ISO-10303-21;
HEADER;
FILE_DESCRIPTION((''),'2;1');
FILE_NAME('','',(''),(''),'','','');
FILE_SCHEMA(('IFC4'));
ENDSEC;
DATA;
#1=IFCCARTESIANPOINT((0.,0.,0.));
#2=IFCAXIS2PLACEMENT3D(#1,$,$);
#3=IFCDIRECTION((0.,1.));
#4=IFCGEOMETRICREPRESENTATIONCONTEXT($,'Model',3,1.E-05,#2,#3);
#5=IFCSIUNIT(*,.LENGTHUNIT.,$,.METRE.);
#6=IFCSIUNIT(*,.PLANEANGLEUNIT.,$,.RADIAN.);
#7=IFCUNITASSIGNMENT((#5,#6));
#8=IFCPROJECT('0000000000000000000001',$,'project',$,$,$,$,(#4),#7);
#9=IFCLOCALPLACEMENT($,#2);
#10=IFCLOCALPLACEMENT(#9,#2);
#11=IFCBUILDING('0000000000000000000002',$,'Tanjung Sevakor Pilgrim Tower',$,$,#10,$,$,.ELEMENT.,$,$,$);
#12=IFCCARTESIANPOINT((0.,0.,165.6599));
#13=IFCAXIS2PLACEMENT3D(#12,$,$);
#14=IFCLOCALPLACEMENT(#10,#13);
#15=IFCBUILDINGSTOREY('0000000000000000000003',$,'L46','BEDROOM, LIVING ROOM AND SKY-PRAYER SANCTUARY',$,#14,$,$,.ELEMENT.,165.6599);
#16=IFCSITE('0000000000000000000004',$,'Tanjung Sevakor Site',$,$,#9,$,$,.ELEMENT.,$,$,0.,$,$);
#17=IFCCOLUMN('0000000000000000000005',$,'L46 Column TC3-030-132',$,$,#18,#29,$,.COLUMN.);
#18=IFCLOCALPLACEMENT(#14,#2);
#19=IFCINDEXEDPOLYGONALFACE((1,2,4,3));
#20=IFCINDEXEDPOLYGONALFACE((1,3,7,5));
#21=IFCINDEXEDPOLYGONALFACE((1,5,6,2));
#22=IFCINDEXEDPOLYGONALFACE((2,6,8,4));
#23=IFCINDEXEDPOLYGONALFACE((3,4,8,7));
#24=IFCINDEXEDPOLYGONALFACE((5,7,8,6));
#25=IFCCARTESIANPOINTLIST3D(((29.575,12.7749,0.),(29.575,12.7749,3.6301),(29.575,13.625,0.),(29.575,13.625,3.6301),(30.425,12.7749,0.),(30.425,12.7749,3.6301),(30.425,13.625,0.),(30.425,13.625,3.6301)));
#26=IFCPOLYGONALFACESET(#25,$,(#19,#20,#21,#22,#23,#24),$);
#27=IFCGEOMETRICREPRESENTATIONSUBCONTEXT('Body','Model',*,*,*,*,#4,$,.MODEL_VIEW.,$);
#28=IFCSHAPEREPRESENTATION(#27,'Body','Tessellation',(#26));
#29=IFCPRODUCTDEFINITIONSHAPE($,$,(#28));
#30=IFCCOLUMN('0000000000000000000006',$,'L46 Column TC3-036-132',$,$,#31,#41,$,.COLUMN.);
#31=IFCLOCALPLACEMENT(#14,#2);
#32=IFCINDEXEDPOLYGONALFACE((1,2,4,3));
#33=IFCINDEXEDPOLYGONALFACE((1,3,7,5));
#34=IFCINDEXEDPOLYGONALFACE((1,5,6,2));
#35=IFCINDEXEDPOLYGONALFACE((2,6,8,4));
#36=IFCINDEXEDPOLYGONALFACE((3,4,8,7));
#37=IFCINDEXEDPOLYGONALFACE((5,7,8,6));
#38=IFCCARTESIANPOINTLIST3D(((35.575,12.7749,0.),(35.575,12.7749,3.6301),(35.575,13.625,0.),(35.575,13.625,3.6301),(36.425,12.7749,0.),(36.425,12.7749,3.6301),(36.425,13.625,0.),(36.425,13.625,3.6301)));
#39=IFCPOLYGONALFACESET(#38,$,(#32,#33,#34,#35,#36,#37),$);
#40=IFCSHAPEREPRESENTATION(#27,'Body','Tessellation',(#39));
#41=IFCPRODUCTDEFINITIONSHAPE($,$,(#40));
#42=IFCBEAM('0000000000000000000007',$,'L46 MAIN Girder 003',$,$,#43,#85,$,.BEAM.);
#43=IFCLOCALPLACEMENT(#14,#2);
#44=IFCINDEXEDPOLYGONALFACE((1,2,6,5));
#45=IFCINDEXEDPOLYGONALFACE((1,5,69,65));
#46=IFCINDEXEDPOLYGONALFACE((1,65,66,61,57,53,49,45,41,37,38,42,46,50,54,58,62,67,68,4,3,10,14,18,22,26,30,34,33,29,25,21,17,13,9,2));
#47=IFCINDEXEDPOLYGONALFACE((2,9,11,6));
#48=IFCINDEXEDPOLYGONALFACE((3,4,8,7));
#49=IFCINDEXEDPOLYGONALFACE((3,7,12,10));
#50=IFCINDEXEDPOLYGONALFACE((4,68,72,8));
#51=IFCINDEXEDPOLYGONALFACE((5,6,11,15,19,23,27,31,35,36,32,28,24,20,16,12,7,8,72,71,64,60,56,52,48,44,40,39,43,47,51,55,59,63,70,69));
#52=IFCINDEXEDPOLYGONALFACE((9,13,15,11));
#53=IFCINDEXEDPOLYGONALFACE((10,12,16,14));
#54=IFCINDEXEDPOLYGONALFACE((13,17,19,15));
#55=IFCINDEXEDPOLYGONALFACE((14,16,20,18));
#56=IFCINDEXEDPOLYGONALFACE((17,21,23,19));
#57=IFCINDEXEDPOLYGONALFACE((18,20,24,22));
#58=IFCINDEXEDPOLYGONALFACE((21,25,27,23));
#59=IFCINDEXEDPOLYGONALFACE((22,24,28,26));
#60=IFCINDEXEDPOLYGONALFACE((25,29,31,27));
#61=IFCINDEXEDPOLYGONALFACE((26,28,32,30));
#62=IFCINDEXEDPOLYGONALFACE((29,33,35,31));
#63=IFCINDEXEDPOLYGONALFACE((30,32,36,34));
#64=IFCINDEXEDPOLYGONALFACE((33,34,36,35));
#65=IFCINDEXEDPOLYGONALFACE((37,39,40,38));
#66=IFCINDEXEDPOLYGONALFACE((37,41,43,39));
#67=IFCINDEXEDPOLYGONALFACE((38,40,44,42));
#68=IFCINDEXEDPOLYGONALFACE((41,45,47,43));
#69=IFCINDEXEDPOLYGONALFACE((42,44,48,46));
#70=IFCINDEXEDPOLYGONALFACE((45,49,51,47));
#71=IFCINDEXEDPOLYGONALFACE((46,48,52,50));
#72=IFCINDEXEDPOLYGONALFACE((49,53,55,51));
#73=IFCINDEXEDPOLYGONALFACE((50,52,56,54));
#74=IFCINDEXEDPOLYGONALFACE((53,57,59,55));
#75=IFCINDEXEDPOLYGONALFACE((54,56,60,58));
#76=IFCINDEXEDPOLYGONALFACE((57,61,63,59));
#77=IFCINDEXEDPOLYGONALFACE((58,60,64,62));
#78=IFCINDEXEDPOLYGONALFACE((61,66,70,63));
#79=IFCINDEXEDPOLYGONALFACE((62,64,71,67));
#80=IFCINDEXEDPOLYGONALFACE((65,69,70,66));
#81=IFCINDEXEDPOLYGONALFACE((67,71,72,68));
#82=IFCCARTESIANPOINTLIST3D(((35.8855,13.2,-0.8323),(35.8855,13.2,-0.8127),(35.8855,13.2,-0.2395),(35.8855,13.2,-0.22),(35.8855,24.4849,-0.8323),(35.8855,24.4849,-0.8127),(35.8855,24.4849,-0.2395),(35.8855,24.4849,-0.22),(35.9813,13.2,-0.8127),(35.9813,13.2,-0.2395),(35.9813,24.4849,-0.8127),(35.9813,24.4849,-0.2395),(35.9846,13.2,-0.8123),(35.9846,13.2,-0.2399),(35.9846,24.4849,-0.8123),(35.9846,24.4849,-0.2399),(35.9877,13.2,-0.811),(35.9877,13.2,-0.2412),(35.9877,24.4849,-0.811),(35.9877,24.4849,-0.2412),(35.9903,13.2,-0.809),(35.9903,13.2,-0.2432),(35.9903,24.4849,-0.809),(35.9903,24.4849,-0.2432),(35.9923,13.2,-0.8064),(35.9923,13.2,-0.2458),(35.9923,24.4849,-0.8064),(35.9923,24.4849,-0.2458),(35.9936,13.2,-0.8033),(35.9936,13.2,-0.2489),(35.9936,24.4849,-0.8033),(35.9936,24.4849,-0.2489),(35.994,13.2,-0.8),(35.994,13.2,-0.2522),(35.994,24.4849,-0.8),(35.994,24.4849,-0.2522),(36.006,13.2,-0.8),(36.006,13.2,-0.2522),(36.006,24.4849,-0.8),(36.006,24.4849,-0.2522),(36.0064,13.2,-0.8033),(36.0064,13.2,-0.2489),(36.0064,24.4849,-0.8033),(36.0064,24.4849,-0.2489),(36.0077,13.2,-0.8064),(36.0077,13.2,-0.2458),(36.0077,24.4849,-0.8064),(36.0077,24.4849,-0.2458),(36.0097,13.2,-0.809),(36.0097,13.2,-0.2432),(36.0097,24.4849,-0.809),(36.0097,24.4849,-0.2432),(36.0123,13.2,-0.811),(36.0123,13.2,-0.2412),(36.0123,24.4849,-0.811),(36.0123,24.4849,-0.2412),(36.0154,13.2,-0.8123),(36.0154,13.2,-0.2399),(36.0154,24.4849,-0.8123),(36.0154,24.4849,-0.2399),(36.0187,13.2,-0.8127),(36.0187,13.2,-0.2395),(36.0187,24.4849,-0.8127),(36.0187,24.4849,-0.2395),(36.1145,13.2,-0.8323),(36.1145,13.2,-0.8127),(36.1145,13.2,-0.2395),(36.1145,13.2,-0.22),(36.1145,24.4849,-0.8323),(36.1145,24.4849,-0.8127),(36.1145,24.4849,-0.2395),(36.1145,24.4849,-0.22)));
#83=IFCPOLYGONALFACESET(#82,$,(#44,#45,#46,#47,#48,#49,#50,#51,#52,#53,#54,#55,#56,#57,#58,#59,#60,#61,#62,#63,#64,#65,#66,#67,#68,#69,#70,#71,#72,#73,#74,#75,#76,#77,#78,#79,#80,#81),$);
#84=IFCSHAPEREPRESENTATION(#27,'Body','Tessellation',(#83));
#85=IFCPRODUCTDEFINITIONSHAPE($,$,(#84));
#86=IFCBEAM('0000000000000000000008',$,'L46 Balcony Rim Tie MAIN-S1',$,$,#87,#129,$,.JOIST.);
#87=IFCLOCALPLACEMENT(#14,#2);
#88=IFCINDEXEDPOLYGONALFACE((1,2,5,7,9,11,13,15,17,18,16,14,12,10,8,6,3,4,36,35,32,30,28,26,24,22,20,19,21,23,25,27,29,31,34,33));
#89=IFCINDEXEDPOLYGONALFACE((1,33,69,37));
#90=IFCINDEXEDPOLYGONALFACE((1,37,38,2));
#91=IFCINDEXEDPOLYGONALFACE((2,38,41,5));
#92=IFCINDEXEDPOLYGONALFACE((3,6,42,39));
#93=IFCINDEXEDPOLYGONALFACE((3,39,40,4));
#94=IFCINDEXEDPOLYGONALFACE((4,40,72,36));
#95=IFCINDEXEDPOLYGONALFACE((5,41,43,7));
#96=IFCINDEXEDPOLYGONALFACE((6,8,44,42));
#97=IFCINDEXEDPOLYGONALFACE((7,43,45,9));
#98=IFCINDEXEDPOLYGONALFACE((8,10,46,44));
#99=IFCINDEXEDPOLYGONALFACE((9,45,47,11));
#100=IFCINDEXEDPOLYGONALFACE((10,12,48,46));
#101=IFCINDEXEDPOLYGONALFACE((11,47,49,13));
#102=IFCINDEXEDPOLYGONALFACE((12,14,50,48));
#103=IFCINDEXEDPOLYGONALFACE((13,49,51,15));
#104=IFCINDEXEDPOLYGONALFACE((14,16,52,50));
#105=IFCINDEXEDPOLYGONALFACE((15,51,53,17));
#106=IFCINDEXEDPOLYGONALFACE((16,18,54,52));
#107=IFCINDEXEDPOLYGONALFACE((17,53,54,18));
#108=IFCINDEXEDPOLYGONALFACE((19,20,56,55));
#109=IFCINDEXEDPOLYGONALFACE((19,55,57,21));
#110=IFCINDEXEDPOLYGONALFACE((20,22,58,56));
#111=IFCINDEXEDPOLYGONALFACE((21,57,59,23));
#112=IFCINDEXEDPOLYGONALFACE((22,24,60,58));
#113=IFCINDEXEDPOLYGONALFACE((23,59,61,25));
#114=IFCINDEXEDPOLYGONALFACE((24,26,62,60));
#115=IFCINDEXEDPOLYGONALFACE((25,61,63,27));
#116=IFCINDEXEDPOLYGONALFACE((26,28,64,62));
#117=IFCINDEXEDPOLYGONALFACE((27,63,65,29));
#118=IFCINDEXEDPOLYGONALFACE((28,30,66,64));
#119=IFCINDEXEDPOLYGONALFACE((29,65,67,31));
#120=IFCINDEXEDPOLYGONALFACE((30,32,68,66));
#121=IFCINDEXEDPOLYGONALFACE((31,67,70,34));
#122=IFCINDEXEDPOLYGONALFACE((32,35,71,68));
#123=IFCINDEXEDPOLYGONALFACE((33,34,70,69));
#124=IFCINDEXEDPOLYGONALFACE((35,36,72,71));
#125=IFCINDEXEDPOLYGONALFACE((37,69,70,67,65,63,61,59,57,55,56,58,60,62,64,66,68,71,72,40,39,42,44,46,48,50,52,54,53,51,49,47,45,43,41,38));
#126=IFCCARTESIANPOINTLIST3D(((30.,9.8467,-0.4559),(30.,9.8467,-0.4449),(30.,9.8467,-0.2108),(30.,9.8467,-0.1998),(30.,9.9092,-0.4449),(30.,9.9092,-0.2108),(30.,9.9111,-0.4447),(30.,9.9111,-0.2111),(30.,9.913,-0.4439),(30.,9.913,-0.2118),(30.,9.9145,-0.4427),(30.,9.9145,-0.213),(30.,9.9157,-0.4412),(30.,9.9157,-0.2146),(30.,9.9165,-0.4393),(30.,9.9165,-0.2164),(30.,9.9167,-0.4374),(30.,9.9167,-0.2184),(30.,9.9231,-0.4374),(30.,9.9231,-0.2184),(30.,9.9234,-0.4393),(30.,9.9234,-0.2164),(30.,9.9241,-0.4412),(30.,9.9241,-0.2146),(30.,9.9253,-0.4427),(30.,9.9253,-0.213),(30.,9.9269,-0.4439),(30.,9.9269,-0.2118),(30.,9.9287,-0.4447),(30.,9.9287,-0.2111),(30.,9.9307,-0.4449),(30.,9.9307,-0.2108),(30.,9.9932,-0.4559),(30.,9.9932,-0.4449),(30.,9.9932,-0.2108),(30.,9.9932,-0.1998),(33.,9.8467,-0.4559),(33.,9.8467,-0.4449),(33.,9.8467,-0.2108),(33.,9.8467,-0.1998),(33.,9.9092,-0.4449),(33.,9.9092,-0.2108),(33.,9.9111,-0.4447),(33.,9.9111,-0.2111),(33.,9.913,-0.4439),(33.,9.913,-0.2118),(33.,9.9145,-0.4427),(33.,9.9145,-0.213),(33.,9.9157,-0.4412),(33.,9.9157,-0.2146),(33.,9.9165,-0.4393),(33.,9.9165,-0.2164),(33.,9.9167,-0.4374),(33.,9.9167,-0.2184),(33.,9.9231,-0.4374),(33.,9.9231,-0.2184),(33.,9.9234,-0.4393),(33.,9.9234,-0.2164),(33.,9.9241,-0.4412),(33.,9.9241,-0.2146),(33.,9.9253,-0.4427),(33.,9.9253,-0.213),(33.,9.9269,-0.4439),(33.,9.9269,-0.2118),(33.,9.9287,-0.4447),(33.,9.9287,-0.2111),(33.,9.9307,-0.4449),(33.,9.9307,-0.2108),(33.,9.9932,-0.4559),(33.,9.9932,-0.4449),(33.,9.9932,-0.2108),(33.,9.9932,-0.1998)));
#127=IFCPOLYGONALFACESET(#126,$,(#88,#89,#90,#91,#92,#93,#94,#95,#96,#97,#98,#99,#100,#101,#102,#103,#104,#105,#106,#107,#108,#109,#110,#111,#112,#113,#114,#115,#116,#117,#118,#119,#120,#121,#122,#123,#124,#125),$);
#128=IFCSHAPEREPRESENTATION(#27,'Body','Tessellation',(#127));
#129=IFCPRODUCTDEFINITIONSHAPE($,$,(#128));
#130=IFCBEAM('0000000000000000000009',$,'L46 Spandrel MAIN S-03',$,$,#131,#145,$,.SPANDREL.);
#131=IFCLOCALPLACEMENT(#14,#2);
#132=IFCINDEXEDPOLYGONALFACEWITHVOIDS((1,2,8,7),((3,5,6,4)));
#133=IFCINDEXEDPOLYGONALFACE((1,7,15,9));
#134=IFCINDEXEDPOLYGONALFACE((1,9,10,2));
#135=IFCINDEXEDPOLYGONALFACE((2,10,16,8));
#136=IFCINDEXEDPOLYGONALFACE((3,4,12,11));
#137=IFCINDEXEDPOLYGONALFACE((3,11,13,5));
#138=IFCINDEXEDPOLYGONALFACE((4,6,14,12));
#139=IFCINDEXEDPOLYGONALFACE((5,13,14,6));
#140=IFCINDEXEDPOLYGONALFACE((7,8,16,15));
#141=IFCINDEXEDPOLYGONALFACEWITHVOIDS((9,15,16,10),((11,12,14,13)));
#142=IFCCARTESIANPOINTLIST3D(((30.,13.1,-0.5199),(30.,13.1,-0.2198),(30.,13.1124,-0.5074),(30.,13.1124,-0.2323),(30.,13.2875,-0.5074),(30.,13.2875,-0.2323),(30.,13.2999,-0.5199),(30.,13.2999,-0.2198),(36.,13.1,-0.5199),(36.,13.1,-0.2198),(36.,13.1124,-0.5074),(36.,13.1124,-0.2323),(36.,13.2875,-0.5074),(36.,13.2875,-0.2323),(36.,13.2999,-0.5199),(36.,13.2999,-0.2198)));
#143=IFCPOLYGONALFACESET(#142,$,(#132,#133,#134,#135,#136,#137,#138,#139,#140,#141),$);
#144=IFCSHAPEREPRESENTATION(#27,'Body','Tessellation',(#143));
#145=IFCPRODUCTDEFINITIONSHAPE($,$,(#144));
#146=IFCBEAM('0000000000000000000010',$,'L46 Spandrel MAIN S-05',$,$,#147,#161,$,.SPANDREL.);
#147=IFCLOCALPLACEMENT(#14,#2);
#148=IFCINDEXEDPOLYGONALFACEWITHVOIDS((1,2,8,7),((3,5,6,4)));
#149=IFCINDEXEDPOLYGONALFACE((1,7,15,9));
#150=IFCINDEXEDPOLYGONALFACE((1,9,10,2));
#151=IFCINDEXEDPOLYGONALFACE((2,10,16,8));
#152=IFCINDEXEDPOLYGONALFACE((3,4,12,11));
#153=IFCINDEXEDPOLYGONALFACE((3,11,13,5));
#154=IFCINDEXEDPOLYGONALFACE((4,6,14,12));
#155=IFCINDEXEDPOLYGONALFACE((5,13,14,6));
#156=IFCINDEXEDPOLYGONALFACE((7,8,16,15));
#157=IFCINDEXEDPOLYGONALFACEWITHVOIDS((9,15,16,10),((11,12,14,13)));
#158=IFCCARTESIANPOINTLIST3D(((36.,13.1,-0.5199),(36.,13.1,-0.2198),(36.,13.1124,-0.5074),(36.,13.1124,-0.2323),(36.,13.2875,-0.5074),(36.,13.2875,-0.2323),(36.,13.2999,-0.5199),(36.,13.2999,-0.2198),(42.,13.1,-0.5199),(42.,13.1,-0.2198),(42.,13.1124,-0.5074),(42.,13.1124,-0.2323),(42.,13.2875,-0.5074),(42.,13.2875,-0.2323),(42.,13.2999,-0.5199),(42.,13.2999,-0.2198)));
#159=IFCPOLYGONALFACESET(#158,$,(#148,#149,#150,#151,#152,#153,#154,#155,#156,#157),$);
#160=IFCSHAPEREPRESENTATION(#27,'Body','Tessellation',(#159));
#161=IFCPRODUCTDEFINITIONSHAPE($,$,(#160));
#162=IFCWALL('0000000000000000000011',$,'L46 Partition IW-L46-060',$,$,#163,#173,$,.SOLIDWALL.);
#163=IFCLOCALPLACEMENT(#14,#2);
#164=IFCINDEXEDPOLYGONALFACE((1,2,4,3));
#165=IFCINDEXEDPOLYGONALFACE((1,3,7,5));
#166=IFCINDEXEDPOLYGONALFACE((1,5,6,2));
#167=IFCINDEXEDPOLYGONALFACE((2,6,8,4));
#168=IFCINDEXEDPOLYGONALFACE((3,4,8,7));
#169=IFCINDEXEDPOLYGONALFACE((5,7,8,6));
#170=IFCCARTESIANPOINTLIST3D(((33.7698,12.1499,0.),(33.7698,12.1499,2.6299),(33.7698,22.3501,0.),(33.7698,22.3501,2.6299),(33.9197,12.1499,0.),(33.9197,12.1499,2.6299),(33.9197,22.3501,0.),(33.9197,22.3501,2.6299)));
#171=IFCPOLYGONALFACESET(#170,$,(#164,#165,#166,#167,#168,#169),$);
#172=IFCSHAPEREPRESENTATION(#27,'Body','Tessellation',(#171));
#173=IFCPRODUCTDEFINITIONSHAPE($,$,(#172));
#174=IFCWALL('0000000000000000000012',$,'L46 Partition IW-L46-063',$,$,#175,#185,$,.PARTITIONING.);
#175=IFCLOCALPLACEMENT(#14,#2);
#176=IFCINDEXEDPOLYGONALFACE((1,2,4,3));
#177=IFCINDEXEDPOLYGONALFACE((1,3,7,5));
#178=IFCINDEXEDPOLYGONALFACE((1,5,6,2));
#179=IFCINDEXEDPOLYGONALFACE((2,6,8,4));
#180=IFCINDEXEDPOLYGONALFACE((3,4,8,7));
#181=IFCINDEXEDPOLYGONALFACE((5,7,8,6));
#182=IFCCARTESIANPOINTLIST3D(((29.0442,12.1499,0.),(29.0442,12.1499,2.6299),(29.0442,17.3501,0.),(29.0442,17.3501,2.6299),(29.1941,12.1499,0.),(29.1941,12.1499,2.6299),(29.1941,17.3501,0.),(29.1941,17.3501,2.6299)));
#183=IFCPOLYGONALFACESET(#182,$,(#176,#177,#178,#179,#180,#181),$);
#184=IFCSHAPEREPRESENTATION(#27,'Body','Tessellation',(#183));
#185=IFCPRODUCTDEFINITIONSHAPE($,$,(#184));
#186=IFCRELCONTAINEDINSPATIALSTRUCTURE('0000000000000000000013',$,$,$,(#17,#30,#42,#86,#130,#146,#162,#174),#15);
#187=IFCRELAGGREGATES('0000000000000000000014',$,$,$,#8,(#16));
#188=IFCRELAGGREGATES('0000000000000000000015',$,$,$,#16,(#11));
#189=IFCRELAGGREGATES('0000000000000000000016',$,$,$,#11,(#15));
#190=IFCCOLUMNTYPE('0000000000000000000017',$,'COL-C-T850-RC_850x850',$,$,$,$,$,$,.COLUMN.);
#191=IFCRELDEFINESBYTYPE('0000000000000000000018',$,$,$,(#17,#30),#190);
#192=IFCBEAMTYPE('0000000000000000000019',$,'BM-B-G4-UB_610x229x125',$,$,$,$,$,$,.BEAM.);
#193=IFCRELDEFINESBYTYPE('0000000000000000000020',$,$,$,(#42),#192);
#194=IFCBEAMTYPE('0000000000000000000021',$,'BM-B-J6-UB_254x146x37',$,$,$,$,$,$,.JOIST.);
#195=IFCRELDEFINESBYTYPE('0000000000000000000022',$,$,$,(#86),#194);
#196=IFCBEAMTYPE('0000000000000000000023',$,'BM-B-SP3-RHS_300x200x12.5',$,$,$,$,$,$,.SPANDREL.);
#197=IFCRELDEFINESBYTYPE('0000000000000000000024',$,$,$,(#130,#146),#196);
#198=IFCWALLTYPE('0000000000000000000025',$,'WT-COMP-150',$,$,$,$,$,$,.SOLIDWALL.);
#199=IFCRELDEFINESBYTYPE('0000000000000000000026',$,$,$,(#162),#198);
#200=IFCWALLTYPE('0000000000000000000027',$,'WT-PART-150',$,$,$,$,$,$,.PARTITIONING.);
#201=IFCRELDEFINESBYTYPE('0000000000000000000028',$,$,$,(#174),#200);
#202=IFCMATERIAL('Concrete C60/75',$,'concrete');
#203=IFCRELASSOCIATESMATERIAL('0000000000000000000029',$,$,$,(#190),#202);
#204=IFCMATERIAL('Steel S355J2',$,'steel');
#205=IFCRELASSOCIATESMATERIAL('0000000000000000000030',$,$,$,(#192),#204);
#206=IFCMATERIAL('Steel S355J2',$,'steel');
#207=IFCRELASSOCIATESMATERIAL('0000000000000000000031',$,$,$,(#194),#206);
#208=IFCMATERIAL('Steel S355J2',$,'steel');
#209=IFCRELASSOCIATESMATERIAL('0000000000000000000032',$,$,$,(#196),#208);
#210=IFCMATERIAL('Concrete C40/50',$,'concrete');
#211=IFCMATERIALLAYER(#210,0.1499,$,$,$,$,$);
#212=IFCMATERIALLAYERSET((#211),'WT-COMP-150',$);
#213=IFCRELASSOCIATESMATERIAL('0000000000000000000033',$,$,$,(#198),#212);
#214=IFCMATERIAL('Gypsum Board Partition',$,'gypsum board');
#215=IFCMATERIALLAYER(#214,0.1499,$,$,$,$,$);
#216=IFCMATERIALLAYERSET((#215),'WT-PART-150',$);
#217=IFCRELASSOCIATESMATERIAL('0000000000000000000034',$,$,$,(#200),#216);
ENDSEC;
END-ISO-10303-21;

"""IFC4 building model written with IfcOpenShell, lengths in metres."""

from ifc_helpers import new_model, si_unit, direction, frame, frame_2d, origin, origin_2d, place, context, subcontext, project, spatial, rectangle, hollow_rectangle, i_section, extrude, material, layer, layer_set, material_profile, profile_set, type_object, element, save


model = new_model("IFC4")

# Units and contexts
model_context = context("Model", 3, precision=1e-05, world=origin(), true_north=direction((0.0, 1.0)))
body_context = subcontext(model_context, "Body", "Model", "MODEL_VIEW")
ifc_project = project(units=[si_unit("LENGTHUNIT", "METRE"), si_unit("PLANEANGLEUNIT", "RADIAN")], contexts=[model_context])

# Site, building, storey
site_placement = place(None, origin())
site = spatial("IfcSite", under=ifc_project, at=site_placement, Name="Tanjung Sevakor Site", CompositionType="ELEMENT", RefElevation=0.0)
building_placement = place(site_placement, origin())
building = spatial("IfcBuilding", under=site, at=building_placement, Name="Tanjung Sevakor Pilgrim Tower", CompositionType="ELEMENT")
storey_placement = place(building_placement, frame((0.0, 0.0, 165.6599)))
storey = spatial("IfcBuildingStorey", under=building, at=storey_placement, Name="L46", Description="BEDROOM, LIVING ROOM AND SKY-PRAYER SANCTUARY", CompositionType="ELEMENT", Elevation=165.6599)

# Columns
ifc_material_1 = material(Name="Concrete C60/75", Category="concrete")
ifc_material_profile_1 = material_profile(ifc_material_1, rectangle(XDim=0.8501, YDim=0.8501, at=origin_2d()))
ifc_profile_set_1 = profile_set([ifc_material_profile_1], Name="Concrete C60/75")
column_type = type_object("IfcColumnType", Name="COL-C-T850-RC_850x850", PredefinedType="COLUMN", material=ifc_profile_set_1)
for number, where, z_axis, x_axis, name in (
    (1, (30.0, 13.2, 0.0), (0.0, 0.0, 1.0), (1.0, 0.0, 0.0), "L46 Column TC3-030-132"),
    (2, (36.0, 13.2, 0.0), (0.0, 0.0, 1.0), (1.0, 0.0, 0.0), "L46 Column TC3-036-132"),
):
    element("IfcColumn", number, at=place(storey_placement, frame(where, z_axis=z_axis, x_axis=x_axis)), inside=storey, type_object=column_type, Name=name, PredefinedType="COLUMN", context=body_context, shape_type="SweptSolid", body=[
        extrude(rectangle(XDim=0.8501, YDim=0.8501, at=origin_2d()), origin(), (0.0, 0.0, 1.0), 3.6301),
    ])

# Beams
ifc_material_2 = material(Name="Steel S355J2", Category="steel")
ifc_material_profile_2 = material_profile(ifc_material_2, i_section(OverallWidth=0.229, OverallDepth=0.6123, WebThickness=0.012, FlangeThickness=0.0195, FilletRadius=0.0127, at=origin_2d()))
ifc_profile_set_2 = profile_set([ifc_material_profile_2], Name="Steel S355J2")
beam_type_1 = type_object("IfcBeamType", Name="BM-B-G4-UB_610x229x125", PredefinedType="BEAM", material=ifc_profile_set_2)
beam_1_placement = place(storey_placement, frame((36.0, 13.2, -0.5261), z_axis=(0.0, 1.0, 0.0), x_axis=(-1.0, 0.0, 0.0)))
element("IfcBeam", 3, at=beam_1_placement, inside=storey, type_object=beam_type_1, Name="L46 MAIN Girder 003", PredefinedType="BEAM", context=body_context, shape_type="SweptSolid", body=[
    extrude(i_section(OverallWidth=0.229, OverallDepth=0.6123, WebThickness=0.012, FlangeThickness=0.0195, FilletRadius=0.0127, at=origin_2d()), origin(), (0.0, 0.0, 1.0), 11.2849),
])
ifc_material_3 = material(Name="Steel S355J2", Category="steel")
ifc_material_profile_3 = material_profile(ifc_material_3, i_section(OverallWidth=0.1465, OverallDepth=0.2561, WebThickness=0.0063, FlangeThickness=0.011, FilletRadius=0.0076, at=origin_2d()))
ifc_profile_set_3 = profile_set([ifc_material_profile_3], Name="Steel S355J2")
beam_type_2 = type_object("IfcBeamType", Name="BM-B-J6-UB_254x146x37", PredefinedType="JOIST", material=ifc_profile_set_3)
beam_2_placement = place(storey_placement, frame((30.0, 9.9199, -0.3279), z_axis=(1.0, 0.0, 0.0), x_axis=(0.0, 1.0, 0.0)))
element("IfcBeam", 4, at=beam_2_placement, inside=storey, type_object=beam_type_2, Name="L46 Balcony Rim Tie MAIN-S1", PredefinedType="JOIST", context=body_context, shape_type="SweptSolid", body=[
    extrude(i_section(OverallWidth=0.1465, OverallDepth=0.2561, WebThickness=0.0063, FlangeThickness=0.011, FilletRadius=0.0076, at=origin_2d()), origin(), (0.0, 0.0, 1.0), 3.0),
])
ifc_material_4 = material(Name="Steel S355J2", Category="steel")
ifc_material_profile_4 = material_profile(ifc_material_4, hollow_rectangle(XDim=0.2, YDim=0.3, WallThickness=0.0125, at=origin_2d()))
ifc_profile_set_4 = profile_set([ifc_material_profile_4], Name="Steel S355J2")
beam_type_3 = type_object("IfcBeamType", Name="BM-B-SP3-RHS_300x200x12.5", PredefinedType="SPANDREL", material=ifc_profile_set_4)
for number, where, z_axis, x_axis, name in (
    (5, (30.0, 13.2, -0.3699), (1.0, 0.0, 0.0), (0.0, 1.0, 0.0), "L46 Spandrel MAIN S-03"),
    (6, (36.0, 13.2, -0.3699), (1.0, 0.0, 0.0), (0.0, 1.0, 0.0), "L46 Spandrel MAIN S-05"),
):
    element("IfcBeam", number, at=place(storey_placement, frame(where, z_axis=z_axis, x_axis=x_axis)), inside=storey, type_object=beam_type_3, Name=name, PredefinedType="SPANDREL", context=body_context, shape_type="SweptSolid", body=[
        extrude(hollow_rectangle(XDim=0.2, YDim=0.3, WallThickness=0.0125, at=origin_2d()), origin(), (0.0, 0.0, 1.0), 6.0),
    ])

# Walls
ifc_material_5 = material(Name="Concrete C40/50", Category="concrete")
ifc_layer_1 = layer(ifc_material_5, 0.1499)
ifc_layer_set_1 = layer_set([ifc_layer_1], Name="WT-COMP-150")
wall_type_1 = type_object("IfcWallType", Name="WT-COMP-150", PredefinedType="SOLIDWALL", material=ifc_layer_set_1)
wall_1_placement = place(storey_placement, frame((33.8447, 12.1499, 0.0), z_axis=(0.0, 0.0, 1.0), x_axis=(0.0, 1.0, 0.0)))
element("IfcWall", 7, at=wall_1_placement, inside=storey, type_object=wall_type_1, Name="L46 Partition IW-L46-060", PredefinedType="SOLIDWALL", context=body_context, shape_type="SweptSolid", body=[
    extrude(rectangle(XDim=10.2002, YDim=0.1499, at=frame_2d((5.1001, 0.0))), origin(), (0.0, 0.0, 1.0), 2.6299),
])
ifc_material_6 = material(Name="Gypsum Board Partition", Category="gypsum board")
ifc_layer_2 = layer(ifc_material_6, 0.1499)
ifc_layer_set_2 = layer_set([ifc_layer_2], Name="WT-PART-150")
wall_type_2 = type_object("IfcWallType", Name="WT-PART-150", PredefinedType="PARTITIONING", material=ifc_layer_set_2)
wall_2_placement = place(storey_placement, frame((29.1191, 12.1499, 0.0), z_axis=(0.0, 0.0, 1.0), x_axis=(0.0, 1.0, 0.0)))
element("IfcWall", 8, at=wall_2_placement, inside=storey, type_object=wall_type_2, Name="L46 Partition IW-L46-063", PredefinedType="PARTITIONING", context=body_context, shape_type="SweptSolid", body=[
    extrude(rectangle(XDim=5.2002, YDim=0.1499, at=frame_2d((2.6001, 0.0))), origin(), (0.0, 0.0, 1.0), 2.6299),
])

save(model, "model.ifc")
